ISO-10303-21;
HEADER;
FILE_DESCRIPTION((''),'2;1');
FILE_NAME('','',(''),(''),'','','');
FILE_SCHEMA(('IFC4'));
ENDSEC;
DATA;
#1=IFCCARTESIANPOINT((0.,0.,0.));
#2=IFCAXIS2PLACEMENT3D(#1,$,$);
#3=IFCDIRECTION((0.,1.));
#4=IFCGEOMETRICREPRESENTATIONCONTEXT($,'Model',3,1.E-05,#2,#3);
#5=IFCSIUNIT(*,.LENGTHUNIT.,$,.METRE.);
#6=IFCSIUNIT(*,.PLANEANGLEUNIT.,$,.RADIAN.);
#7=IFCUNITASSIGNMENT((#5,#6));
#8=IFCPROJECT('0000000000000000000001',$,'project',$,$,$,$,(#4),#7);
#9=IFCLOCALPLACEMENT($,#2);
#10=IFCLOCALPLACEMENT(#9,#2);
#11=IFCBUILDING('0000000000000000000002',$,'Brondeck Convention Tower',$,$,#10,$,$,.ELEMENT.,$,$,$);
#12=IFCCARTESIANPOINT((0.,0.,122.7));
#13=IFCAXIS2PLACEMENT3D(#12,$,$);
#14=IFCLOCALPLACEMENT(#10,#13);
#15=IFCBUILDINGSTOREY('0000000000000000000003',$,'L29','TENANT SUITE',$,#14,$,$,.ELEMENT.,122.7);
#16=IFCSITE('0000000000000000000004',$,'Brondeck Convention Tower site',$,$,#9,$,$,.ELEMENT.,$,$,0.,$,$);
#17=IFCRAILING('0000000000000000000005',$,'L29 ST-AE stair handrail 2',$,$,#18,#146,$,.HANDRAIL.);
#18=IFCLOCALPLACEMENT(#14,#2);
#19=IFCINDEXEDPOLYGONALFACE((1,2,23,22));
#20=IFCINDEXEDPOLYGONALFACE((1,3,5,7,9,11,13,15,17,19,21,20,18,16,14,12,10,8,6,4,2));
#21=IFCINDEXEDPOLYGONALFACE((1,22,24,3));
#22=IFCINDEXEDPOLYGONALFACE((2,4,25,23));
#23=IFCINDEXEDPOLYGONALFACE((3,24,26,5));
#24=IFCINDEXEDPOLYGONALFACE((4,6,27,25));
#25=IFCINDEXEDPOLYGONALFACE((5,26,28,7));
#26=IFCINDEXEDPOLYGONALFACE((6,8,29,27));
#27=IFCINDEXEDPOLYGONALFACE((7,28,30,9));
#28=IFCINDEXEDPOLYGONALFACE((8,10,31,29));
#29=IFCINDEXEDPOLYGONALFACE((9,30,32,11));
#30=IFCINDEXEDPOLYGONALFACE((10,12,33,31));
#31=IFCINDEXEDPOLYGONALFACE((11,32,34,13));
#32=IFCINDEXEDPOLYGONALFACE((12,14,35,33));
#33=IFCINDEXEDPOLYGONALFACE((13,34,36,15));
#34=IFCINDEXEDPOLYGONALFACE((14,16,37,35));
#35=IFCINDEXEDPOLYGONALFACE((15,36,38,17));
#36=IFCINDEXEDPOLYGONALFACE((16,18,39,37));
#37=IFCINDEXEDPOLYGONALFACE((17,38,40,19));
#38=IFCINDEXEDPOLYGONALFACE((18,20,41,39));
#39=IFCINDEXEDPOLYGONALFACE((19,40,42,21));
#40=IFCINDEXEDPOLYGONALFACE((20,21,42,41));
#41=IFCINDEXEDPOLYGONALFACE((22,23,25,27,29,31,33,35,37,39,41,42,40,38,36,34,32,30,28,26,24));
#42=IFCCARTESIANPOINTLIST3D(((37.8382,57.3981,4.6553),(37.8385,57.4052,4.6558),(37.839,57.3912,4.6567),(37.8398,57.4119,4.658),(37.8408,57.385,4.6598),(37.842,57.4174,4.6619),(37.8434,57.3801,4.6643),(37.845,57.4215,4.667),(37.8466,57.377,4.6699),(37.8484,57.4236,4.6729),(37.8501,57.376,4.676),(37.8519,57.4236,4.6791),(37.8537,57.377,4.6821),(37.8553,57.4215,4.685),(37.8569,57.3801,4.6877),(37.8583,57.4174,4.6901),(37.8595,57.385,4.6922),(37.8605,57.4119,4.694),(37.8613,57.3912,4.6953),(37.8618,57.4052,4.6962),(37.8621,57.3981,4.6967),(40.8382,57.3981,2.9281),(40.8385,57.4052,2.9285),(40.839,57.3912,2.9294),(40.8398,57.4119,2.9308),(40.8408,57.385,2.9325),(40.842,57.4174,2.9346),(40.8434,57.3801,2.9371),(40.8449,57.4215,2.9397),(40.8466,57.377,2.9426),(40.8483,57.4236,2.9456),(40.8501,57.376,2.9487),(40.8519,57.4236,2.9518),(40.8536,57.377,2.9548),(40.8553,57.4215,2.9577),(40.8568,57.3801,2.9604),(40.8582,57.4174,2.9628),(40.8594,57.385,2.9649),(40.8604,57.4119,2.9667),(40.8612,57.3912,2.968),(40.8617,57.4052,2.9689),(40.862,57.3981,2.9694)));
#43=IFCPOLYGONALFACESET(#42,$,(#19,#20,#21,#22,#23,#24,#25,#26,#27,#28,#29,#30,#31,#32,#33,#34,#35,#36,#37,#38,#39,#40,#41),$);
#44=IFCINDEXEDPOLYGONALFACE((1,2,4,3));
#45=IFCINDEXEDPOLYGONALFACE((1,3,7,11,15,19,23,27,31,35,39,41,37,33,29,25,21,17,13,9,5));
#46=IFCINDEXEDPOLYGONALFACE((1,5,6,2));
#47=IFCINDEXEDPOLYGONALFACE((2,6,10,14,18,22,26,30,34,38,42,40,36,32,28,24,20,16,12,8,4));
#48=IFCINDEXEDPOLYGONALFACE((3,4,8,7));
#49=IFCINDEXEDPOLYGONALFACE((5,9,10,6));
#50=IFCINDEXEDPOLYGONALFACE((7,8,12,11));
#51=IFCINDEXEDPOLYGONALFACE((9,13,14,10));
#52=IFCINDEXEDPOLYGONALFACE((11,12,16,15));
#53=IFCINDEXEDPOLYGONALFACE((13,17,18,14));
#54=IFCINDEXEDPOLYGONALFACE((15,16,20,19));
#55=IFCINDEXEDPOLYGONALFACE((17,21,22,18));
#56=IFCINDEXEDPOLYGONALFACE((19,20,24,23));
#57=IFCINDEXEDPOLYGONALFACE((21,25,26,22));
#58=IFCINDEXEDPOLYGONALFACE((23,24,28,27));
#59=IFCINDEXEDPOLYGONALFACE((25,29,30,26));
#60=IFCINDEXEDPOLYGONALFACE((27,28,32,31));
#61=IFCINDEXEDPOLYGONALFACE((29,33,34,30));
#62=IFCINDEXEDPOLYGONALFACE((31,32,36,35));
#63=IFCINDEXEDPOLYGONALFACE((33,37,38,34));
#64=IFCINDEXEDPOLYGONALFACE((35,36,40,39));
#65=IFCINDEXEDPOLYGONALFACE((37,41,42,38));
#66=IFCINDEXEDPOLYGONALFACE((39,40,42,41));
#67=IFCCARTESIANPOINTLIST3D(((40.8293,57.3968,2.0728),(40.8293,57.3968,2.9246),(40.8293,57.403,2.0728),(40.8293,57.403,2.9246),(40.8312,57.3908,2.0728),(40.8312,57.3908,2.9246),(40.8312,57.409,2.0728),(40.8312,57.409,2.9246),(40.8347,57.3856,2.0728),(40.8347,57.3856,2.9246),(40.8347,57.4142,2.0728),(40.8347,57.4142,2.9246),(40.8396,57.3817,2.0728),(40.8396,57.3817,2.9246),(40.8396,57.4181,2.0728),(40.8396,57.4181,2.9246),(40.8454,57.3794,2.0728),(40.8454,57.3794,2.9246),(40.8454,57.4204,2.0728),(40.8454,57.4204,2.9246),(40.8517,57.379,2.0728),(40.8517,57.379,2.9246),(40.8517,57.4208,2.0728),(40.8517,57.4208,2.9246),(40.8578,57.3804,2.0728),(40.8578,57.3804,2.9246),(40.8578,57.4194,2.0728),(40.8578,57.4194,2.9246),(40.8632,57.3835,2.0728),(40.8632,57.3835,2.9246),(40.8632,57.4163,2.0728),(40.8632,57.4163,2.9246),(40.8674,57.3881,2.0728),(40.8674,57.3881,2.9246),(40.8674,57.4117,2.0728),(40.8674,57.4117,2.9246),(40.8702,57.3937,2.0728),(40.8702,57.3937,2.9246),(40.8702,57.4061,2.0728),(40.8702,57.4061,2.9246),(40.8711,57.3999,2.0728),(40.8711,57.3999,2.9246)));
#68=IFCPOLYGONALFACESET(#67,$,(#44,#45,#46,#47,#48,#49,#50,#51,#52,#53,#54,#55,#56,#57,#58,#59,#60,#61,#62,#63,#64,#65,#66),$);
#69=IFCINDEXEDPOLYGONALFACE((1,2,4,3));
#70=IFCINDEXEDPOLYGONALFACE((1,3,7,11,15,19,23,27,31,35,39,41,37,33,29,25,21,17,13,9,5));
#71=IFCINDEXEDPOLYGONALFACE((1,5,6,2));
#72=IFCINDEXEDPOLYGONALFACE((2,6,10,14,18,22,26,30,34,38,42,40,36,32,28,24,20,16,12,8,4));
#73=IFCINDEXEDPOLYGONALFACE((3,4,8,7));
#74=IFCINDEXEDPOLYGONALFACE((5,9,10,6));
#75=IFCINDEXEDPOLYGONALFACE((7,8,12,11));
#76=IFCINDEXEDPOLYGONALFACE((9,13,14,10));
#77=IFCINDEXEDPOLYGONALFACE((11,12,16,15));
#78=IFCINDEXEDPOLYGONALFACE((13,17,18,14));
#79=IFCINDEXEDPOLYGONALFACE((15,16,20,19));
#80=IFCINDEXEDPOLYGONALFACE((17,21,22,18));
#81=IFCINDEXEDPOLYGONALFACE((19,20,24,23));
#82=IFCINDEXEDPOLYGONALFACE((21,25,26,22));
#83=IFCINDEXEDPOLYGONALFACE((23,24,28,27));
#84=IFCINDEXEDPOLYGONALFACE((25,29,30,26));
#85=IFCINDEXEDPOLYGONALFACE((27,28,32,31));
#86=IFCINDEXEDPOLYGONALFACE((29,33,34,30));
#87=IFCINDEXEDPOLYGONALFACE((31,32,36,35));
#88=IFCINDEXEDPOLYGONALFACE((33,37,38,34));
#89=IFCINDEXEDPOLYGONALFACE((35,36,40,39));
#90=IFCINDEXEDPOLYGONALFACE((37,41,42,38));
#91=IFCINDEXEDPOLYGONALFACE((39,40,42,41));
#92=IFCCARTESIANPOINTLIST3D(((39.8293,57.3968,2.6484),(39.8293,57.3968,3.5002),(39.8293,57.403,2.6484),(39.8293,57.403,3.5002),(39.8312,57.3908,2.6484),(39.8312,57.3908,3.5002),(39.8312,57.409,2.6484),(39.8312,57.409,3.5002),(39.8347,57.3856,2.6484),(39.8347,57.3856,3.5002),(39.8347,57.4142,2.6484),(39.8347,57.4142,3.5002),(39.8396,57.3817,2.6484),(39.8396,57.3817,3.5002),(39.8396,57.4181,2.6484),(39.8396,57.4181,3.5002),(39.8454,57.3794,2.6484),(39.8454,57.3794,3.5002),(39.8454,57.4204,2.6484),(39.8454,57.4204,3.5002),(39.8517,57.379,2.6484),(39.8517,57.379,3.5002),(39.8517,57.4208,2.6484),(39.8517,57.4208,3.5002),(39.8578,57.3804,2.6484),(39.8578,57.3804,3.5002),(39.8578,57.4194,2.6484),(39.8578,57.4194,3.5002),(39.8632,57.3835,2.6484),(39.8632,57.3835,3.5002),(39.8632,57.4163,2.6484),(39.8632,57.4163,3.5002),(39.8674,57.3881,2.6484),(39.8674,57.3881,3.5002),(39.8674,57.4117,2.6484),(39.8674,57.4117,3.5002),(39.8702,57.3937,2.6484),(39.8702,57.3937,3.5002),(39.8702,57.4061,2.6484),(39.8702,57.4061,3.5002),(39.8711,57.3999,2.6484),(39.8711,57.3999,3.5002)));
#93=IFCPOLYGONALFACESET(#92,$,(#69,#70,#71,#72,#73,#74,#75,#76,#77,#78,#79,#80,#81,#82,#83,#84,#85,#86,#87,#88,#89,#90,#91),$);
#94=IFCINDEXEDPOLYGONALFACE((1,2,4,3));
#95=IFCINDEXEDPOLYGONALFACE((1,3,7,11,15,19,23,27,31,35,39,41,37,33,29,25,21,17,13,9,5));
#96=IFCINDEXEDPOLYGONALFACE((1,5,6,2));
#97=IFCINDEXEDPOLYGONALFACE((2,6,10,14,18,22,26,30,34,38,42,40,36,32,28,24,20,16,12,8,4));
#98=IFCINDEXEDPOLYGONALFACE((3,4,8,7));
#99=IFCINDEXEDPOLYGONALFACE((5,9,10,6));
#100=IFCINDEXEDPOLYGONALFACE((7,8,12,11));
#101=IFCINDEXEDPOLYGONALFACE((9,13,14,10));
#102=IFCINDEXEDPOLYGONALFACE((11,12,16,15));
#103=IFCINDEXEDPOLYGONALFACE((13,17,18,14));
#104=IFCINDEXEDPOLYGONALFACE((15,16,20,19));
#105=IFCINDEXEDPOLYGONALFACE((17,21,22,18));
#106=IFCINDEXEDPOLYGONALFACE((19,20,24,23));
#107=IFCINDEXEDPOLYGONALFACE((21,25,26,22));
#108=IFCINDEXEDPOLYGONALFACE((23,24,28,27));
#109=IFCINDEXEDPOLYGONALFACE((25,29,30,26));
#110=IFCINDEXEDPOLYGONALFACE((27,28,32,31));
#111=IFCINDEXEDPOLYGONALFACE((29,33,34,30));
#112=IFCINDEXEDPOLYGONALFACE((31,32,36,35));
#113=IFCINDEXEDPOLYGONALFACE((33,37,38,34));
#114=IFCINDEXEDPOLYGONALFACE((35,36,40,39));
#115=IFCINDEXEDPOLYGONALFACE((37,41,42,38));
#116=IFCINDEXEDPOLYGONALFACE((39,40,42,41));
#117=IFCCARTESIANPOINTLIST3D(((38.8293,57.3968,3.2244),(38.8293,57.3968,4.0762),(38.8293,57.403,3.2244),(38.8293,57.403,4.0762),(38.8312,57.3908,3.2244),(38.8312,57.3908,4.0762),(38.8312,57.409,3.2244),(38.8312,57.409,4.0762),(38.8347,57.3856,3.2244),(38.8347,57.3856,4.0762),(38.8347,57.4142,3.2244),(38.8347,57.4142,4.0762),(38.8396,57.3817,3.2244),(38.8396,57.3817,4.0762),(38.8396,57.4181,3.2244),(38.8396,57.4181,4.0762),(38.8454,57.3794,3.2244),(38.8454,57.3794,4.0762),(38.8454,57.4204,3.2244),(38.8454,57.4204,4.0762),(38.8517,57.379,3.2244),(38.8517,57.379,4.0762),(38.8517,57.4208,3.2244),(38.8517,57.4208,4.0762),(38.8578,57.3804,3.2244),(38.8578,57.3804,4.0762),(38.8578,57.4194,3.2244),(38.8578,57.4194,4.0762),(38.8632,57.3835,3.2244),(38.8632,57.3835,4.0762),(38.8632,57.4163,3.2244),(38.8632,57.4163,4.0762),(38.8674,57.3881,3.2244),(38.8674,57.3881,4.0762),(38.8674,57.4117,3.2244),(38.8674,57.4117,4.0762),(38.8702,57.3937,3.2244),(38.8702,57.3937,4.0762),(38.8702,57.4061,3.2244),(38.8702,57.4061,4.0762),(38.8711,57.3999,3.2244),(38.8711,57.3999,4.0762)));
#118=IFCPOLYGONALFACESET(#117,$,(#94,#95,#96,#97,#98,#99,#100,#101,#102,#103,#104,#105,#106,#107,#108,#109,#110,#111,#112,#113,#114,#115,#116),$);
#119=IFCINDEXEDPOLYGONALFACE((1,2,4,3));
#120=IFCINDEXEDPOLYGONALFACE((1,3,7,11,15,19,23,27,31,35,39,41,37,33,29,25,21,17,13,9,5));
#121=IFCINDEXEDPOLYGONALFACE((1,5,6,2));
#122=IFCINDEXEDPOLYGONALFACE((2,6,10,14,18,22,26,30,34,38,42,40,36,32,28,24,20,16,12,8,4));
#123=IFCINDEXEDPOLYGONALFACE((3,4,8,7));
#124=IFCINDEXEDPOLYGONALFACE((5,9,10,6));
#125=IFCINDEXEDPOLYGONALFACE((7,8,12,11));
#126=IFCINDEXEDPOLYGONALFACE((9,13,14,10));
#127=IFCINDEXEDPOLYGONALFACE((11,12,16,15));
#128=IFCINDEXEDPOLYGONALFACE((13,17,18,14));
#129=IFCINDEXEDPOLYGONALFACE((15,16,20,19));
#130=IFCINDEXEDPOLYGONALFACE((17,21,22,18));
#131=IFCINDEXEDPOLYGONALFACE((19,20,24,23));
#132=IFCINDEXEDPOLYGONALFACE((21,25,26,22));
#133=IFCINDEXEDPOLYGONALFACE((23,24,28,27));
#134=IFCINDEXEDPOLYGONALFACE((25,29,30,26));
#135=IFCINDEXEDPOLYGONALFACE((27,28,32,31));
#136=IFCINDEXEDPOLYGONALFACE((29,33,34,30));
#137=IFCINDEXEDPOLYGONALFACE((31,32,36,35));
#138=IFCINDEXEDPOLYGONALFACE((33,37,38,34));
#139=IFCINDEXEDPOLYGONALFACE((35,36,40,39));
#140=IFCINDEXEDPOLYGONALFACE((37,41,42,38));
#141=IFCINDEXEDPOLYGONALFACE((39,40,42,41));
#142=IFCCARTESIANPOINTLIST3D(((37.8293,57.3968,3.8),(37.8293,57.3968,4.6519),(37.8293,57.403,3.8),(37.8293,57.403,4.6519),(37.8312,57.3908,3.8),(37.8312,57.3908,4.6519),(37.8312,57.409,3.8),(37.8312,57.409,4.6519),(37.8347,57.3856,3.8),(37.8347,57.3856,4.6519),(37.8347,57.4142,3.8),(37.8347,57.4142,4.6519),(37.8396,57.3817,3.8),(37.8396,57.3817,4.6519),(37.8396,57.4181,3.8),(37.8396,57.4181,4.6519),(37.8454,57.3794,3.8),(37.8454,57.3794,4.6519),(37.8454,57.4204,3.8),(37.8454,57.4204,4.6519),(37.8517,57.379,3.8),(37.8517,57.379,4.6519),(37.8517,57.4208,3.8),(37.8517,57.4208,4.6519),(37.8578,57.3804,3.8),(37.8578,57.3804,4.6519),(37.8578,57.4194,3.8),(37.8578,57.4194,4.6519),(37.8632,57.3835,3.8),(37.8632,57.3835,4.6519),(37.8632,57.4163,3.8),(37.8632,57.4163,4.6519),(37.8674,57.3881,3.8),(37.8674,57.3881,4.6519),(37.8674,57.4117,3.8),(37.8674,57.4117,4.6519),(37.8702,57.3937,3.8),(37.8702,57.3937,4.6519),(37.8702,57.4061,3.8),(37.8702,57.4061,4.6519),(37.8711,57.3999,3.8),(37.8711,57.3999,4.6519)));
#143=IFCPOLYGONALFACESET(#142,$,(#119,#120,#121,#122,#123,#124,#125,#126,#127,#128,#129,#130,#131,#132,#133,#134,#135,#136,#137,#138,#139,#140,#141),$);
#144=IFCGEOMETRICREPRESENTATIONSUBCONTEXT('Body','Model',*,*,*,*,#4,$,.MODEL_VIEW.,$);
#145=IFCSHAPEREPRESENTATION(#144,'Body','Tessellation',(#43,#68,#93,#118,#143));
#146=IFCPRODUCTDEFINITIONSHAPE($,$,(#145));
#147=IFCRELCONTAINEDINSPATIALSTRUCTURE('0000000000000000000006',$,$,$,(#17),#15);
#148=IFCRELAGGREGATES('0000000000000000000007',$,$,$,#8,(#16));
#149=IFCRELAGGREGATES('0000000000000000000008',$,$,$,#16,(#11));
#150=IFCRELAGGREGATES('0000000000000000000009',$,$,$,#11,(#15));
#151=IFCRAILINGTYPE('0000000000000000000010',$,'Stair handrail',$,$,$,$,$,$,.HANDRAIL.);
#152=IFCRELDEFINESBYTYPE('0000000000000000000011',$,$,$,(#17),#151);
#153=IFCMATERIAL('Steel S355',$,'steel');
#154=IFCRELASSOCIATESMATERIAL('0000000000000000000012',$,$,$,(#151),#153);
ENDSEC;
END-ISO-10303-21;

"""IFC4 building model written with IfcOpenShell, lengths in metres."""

from ifc_helpers import new_model, si_unit, direction, frame, origin, origin_2d, place, context, subcontext, project, spatial, circle, extrude, material, type_object, element, save


model = new_model("IFC4")

# Units and contexts
model_context = context("Model", 3, precision=1e-05, world=origin(), true_north=direction((0.0, 1.0)))
body_context = subcontext(model_context, "Body", "Model", "MODEL_VIEW")
ifc_project = project(units=[si_unit("LENGTHUNIT", "METRE"), si_unit("PLANEANGLEUNIT", "RADIAN")], contexts=[model_context])

# Site, building, storey
site_placement = place(None, origin())
site = spatial("IfcSite", under=ifc_project, at=site_placement, Name="Brondeck Convention Tower site", CompositionType="ELEMENT", RefElevation=0.0)
building_placement = place(site_placement, origin())
building = spatial("IfcBuilding", under=site, at=building_placement, Name="Brondeck Convention Tower", CompositionType="ELEMENT")
storey_placement = place(building_placement, frame((0.0, 0.0, 122.7)))
storey = spatial("IfcBuildingStorey", under=building, at=storey_placement, Name="L29", Description="TENANT SUITE", CompositionType="ELEMENT", Elevation=122.7)

# Shared definitions
ifc_material_1 = material(Name="Steel S355", Category="steel")

# Railing
railing_type_1 = type_object("IfcRailingType", Name="Stair handrail", PredefinedType="HANDRAIL", material=ifc_material_1)
railing_1_placement = place(storey_placement, frame((40.8501, 57.3999, 2.0728)))
element("IfcRailing", 1, at=railing_1_placement, inside=storey, type_object=railing_type_1, Name="L29 ST-AE stair handrail 2", PredefinedType="HANDRAIL", context=body_context, shape_type="SweptSolid", body=[
    extrude(circle(Radius=0.0239, at=origin_2d()), frame((0.0, 0.0, 0.876), z_axis=(-0.86662, 0.0, 0.498969), x_axis=(0.0, -1.0, 0.0)), (0.0, 0.0, 1.0), 3.4617),
    extrude(circle(Radius=0.021, at=origin_2d()), origin(), (0.0, 0.0, 1.0), 0.8518),
    extrude(circle(Radius=0.021, at=origin_2d()), frame((-1.0, 0.0, 0.5757)), (0.0, 0.0, 1.0), 0.8518),
    extrude(circle(Radius=0.021, at=origin_2d()), frame((-2.0, 0.0, 1.1516)), (0.0, 0.0, 1.0), 0.8518),
    extrude(circle(Radius=0.021, at=origin_2d()), frame((-3.0, 0.0, 1.7273)), (0.0, 0.0, 1.0), 0.8518),
])

save(model, "model.ifc")
